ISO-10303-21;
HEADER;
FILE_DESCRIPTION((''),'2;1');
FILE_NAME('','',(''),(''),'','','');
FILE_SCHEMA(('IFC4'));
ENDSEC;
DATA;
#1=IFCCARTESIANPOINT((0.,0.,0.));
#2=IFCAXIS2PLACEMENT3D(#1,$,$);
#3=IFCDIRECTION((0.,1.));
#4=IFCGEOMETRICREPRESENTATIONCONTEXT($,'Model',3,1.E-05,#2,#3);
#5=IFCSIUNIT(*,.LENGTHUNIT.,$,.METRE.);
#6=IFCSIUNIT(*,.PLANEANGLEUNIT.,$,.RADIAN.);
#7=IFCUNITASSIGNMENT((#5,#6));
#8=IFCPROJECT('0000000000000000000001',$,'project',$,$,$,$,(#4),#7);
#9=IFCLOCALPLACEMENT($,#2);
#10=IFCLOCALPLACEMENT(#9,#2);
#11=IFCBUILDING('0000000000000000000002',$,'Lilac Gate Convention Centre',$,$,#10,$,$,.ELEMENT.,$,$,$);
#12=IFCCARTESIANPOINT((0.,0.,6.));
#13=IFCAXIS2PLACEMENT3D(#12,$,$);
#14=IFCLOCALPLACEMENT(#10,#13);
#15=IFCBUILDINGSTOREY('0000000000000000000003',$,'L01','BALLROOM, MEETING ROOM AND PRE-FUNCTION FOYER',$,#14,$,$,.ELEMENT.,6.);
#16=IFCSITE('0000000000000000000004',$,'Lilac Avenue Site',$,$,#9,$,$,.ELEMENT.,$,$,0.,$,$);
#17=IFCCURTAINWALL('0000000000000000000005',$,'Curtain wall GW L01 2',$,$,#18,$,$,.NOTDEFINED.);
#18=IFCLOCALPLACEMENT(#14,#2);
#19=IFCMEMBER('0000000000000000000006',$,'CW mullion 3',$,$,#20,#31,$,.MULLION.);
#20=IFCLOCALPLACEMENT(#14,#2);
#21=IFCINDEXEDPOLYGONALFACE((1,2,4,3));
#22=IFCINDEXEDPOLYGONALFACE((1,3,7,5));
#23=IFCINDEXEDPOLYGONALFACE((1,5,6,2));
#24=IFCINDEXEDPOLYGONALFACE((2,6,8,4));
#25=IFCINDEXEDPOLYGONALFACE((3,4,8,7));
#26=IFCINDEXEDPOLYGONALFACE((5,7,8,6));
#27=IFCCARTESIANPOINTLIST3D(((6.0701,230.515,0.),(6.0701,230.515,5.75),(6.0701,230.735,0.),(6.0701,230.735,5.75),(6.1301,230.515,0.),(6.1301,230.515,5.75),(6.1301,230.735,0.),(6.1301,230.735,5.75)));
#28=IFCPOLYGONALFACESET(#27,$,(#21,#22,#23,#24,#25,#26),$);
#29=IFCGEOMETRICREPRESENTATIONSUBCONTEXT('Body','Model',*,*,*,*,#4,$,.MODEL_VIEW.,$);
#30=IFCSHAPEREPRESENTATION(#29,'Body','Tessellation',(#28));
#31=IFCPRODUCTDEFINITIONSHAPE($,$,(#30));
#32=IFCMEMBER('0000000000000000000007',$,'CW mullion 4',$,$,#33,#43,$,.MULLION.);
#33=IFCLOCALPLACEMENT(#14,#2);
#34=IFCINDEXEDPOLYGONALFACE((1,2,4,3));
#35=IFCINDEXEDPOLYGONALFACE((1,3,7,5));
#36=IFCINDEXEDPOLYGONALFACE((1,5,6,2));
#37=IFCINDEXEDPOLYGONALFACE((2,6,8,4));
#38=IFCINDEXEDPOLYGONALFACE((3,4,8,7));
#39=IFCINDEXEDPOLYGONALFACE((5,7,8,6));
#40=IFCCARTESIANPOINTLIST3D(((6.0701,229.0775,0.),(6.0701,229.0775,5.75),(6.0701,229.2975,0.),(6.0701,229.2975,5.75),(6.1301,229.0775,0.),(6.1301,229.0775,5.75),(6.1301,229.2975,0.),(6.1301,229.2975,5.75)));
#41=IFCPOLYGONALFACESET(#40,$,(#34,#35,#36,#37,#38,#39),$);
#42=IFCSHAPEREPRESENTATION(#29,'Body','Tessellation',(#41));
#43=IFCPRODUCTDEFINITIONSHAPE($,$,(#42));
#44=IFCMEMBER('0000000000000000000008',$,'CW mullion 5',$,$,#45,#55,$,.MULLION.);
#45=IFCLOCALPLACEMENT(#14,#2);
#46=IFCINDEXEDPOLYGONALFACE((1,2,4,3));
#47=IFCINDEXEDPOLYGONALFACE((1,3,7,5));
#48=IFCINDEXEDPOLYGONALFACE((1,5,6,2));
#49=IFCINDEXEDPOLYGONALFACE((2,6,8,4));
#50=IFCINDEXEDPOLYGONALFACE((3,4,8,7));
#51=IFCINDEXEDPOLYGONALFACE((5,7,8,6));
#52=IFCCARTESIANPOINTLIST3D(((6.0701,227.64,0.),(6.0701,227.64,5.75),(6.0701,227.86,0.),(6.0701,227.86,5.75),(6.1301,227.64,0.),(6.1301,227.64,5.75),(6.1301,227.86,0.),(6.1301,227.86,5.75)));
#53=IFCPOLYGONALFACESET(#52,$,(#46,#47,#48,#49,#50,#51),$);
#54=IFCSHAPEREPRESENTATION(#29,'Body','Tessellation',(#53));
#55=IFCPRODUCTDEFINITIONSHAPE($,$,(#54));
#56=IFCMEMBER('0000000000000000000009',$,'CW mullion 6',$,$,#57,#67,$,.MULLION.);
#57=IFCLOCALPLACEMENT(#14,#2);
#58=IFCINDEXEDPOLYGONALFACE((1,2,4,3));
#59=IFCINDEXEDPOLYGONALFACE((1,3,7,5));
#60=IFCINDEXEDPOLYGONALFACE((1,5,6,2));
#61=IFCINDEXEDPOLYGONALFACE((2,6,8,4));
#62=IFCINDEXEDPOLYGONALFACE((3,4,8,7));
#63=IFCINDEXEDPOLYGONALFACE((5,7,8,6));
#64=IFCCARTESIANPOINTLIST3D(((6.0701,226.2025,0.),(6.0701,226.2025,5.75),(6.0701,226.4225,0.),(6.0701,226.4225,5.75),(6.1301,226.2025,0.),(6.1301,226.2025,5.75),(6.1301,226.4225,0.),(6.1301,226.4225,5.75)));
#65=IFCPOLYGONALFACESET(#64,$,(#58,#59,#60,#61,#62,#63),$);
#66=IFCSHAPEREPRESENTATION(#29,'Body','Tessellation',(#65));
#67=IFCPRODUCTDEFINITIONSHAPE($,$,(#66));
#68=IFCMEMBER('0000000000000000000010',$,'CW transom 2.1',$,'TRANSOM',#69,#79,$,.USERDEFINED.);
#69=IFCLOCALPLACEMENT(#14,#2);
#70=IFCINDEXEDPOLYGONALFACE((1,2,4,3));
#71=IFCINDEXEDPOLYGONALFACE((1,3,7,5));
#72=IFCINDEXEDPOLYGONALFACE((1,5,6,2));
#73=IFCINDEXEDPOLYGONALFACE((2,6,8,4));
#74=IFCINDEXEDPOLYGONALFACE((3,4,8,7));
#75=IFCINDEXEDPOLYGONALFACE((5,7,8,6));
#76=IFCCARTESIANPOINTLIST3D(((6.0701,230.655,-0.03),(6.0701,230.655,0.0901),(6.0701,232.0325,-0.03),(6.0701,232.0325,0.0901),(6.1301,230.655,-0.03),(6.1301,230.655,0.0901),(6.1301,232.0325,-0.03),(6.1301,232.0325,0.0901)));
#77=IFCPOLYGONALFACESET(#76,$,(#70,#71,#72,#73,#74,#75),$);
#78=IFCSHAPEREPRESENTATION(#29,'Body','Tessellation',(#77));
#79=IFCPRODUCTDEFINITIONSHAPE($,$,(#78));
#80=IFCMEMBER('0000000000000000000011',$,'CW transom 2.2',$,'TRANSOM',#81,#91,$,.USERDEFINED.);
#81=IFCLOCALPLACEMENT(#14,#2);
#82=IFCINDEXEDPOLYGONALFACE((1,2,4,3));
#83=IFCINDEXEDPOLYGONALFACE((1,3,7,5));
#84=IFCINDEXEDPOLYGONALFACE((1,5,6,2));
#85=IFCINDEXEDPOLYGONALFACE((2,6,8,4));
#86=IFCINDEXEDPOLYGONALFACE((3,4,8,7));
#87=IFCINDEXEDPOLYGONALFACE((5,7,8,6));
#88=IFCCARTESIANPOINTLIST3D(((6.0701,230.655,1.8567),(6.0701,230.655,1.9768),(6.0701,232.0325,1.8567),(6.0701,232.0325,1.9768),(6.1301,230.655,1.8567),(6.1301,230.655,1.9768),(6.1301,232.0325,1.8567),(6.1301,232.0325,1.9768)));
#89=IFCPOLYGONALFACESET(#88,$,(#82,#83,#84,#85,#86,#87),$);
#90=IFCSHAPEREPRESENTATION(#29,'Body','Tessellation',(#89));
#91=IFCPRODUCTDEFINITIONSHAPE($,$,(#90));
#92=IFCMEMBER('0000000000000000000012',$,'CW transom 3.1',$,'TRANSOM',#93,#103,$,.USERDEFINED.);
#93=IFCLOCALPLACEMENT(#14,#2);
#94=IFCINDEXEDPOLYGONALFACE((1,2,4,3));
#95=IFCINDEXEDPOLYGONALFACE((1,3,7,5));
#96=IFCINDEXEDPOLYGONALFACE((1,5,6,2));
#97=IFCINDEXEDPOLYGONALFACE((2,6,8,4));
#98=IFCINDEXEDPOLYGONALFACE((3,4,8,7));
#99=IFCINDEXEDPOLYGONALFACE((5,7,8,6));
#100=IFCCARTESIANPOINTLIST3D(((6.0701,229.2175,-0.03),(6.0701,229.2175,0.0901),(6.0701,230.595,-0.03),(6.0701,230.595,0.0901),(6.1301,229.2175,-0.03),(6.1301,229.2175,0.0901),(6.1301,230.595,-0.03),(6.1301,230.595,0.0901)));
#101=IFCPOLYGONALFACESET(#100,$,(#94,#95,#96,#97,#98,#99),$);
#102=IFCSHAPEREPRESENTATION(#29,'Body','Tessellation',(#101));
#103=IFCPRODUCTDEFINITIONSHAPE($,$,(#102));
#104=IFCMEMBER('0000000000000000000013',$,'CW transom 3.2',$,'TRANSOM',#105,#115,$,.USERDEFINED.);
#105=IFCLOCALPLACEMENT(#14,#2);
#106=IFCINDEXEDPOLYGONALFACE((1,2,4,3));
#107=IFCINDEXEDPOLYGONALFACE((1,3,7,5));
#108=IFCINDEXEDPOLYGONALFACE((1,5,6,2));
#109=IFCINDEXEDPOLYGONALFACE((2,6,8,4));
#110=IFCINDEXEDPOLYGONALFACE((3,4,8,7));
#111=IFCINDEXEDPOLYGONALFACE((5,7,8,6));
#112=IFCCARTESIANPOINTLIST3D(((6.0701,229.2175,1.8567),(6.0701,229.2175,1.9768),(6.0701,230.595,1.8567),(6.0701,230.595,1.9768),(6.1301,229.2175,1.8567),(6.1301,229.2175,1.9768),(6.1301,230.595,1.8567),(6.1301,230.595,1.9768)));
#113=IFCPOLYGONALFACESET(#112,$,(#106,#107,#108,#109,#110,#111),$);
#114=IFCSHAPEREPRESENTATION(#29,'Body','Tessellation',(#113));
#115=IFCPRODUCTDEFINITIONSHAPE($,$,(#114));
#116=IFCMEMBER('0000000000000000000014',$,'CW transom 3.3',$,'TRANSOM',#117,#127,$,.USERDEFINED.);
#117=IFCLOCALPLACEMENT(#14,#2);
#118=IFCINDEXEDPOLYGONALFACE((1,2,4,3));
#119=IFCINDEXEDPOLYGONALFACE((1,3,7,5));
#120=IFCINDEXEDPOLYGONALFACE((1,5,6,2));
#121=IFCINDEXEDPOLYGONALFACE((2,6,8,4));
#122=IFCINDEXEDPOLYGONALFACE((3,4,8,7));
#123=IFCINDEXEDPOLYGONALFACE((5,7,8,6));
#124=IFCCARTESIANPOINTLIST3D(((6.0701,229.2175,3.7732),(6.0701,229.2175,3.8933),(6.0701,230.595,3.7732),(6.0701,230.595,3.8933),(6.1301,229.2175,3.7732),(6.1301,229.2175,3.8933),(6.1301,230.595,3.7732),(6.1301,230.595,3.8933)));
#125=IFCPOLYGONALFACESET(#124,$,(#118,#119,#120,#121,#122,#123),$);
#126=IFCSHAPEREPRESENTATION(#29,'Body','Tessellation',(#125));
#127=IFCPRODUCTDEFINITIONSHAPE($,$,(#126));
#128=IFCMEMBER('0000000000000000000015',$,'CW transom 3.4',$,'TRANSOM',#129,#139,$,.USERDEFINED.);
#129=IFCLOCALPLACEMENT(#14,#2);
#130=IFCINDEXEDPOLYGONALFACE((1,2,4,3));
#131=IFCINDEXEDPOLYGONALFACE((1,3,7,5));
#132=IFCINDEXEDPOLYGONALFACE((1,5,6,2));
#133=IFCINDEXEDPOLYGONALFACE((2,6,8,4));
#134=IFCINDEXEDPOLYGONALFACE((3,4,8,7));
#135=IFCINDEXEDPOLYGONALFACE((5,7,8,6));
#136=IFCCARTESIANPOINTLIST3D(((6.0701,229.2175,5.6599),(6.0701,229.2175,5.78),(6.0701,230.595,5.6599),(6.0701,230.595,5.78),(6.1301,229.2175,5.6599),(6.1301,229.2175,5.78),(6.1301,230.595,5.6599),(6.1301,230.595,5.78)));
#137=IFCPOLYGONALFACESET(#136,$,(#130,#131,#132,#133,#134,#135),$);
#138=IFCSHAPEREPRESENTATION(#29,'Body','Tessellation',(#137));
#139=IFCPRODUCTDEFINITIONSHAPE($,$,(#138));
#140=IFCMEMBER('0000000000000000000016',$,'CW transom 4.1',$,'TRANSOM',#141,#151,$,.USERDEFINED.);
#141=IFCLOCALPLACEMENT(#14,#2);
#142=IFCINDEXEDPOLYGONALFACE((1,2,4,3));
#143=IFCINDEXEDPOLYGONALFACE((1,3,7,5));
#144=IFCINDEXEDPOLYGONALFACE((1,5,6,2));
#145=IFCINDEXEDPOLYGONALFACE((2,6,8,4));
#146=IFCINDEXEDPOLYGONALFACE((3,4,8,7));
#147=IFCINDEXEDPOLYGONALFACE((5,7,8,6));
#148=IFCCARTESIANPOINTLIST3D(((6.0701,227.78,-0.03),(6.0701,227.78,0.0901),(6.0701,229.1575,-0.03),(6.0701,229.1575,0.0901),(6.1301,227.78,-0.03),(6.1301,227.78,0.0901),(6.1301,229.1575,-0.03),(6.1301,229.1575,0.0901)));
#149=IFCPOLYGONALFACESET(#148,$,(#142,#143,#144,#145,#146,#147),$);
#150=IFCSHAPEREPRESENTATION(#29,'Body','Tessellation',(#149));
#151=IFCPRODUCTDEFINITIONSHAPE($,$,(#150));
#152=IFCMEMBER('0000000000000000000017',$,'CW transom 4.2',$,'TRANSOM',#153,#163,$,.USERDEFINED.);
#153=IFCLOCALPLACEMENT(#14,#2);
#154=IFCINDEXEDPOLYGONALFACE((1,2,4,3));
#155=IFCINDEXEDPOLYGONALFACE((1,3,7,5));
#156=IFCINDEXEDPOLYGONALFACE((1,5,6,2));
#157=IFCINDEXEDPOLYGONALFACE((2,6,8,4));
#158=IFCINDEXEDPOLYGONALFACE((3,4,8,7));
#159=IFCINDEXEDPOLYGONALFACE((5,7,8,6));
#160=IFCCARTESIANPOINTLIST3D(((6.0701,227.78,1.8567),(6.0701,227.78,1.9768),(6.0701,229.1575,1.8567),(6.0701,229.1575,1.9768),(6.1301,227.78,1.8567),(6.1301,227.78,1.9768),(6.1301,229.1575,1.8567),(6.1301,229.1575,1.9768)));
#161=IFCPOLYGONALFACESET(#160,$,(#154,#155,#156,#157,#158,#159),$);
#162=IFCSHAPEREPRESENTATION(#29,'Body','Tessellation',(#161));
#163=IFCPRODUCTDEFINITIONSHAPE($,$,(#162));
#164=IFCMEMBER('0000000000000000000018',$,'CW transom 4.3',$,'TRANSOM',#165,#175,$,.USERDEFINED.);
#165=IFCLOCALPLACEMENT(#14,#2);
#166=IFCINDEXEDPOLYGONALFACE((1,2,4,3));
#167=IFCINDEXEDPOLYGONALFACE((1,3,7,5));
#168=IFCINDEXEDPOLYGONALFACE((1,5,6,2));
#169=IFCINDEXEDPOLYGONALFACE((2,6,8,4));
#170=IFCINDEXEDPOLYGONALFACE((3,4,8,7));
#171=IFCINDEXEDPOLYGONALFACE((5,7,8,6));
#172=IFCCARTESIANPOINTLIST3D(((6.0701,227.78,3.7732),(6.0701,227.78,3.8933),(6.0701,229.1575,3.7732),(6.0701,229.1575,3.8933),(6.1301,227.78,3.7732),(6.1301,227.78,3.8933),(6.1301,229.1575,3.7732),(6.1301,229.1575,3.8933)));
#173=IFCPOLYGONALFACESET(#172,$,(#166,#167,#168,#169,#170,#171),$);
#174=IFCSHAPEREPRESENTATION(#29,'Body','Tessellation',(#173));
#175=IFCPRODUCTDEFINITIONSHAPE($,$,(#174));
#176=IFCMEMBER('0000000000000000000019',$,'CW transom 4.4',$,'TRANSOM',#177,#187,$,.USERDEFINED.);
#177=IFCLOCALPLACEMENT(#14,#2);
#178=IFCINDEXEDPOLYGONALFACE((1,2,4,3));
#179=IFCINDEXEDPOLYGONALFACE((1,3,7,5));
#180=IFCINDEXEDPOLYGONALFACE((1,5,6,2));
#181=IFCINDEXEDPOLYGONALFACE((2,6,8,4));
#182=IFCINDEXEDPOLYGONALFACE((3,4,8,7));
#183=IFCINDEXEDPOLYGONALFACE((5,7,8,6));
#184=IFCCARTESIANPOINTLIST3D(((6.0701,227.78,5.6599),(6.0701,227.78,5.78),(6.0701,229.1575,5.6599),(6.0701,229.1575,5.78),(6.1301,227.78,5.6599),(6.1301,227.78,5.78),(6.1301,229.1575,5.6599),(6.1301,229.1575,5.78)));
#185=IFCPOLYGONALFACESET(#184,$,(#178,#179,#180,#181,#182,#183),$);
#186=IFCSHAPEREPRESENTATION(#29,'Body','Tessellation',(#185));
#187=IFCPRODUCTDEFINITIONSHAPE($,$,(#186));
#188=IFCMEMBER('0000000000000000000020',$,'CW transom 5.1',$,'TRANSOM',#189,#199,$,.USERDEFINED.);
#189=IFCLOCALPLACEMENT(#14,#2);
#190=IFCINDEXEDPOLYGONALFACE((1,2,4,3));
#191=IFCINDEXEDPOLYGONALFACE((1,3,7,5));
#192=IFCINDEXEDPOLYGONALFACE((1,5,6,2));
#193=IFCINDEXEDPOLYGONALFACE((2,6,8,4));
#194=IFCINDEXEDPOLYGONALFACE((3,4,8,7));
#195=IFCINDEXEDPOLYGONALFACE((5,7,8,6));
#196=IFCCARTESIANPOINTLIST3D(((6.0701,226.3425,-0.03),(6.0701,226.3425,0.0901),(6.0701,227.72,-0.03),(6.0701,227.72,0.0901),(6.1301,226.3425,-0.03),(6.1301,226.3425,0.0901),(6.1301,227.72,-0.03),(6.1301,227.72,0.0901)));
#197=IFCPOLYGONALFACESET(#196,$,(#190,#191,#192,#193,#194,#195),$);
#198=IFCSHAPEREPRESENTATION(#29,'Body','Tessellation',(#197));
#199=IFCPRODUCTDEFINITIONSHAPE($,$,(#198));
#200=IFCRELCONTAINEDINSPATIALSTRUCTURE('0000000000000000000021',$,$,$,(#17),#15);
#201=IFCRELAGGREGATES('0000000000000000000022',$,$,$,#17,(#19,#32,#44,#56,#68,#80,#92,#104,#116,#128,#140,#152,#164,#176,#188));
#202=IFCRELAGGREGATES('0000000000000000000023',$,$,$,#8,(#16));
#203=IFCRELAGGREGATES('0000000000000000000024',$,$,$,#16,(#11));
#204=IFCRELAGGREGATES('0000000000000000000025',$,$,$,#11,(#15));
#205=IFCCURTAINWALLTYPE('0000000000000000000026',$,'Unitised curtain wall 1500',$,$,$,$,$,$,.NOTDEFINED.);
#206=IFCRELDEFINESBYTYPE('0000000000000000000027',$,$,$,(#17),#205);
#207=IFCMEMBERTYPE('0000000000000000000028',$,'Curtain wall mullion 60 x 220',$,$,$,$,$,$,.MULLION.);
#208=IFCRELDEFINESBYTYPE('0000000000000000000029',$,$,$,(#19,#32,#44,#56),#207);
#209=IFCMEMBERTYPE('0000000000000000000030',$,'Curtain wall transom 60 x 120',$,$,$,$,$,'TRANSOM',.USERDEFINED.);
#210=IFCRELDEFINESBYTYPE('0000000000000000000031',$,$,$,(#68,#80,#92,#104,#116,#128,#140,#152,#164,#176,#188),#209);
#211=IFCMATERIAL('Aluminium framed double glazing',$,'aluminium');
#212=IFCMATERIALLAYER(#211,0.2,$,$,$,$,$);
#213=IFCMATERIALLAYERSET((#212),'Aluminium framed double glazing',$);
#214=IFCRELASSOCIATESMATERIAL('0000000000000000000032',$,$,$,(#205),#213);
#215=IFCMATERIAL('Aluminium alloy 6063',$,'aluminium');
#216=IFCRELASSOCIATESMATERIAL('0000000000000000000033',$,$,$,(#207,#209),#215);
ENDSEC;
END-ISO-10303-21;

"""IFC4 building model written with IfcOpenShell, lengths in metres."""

from ifc_helpers import new_model, si_unit, direction, frame, origin, origin_2d, place, context, subcontext, project, spatial, rectangle, extrude, material, layer, layer_set, material_profile, profile_set, type_object, element, aggregate, save


model = new_model("IFC4")

# Units and contexts
model_context = context("Model", 3, precision=1e-05, world=origin(), true_north=direction((0.0, 1.0)))
body_context = subcontext(model_context, "Body", "Model", "MODEL_VIEW")
ifc_project = project(units=[si_unit("LENGTHUNIT", "METRE"), si_unit("PLANEANGLEUNIT", "RADIAN")], contexts=[model_context])

# Site, building, storey
site_placement = place(None, origin())
site = spatial("IfcSite", under=ifc_project, at=site_placement, Name="Lilac Avenue Site", CompositionType="ELEMENT", RefElevation=0.0)
building_placement = place(site_placement, origin())
building = spatial("IfcBuilding", under=site, at=building_placement, Name="Lilac Gate Convention Centre", CompositionType="ELEMENT")
storey_placement = place(building_placement, frame((0.0, 0.0, 6.0)))
storey = spatial("IfcBuildingStorey", under=building, at=storey_placement, Name="L01", Description="BALLROOM, MEETING ROOM AND PRE-FUNCTION FOYER", CompositionType="ELEMENT", Elevation=6.0)

# Curtain wall, members
ifc_material_1 = material(Name="Aluminium framed double glazing", Category="aluminium")
ifc_layer_1 = layer(ifc_material_1, 0.2)
ifc_layer_set_1 = layer_set([ifc_layer_1], Name="Aluminium framed double glazing")
curtain_wall_type = type_object("IfcCurtainWallType", Name="Unitised curtain wall 1500", PredefinedType="NOTDEFINED", material=ifc_layer_set_1)
curtain_wall_placement = place(storey_placement, origin())
curtain_wall = element("IfcCurtainWall", 1, at=curtain_wall_placement, inside=storey, type_object=curtain_wall_type, Name="Curtain wall GW L01 2", PredefinedType="NOTDEFINED")
ifc_material_2 = material(Name="Aluminium alloy 6063", Category="aluminium")
ifc_material_profile_1 = material_profile(ifc_material_2, rectangle(XDim=0.0601, YDim=0.22, at=origin_2d()), Name="Curtain wall mullion 60 x 220")
ifc_profile_set_1 = profile_set([ifc_material_profile_1], Name="Aluminium alloy 6063")
member_type_1 = type_object("IfcMemberType", Name="Curtain wall mullion 60 x 220", PredefinedType="MULLION", material=ifc_profile_set_1)
member_1_placement = place(storey_placement, frame((6.1001, 230.625, 0.0), z_axis=(0.0, 0.0, 1.0), x_axis=(1.0, 0.0, 0.0)))
member_1 = element("IfcMember", 2, at=member_1_placement, type_object=member_type_1, Name="CW mullion 3", PredefinedType="MULLION", context=body_context, shape_type="SweptSolid", body=[
    extrude(rectangle(XDim=0.0601, YDim=0.22, at=origin_2d()), origin(), (0.0, 0.0, 1.0), 5.75),
])
member_2_placement = place(storey_placement, frame((6.1001, 229.1875, 0.0), z_axis=(0.0, 0.0, 1.0), x_axis=(1.0, 0.0, 0.0)))
member_2 = element("IfcMember", 3, at=member_2_placement, type_object=member_type_1, Name="CW mullion 4", PredefinedType="MULLION", context=body_context, shape_type="SweptSolid", body=[
    extrude(rectangle(XDim=0.0601, YDim=0.22, at=origin_2d()), origin(), (0.0, 0.0, 1.0), 5.75),
])
member_3_placement = place(storey_placement, frame((6.1001, 227.75, 0.0), z_axis=(0.0, 0.0, 1.0), x_axis=(1.0, 0.0, 0.0)))
member_3 = element("IfcMember", 4, at=member_3_placement, type_object=member_type_1, Name="CW mullion 5", PredefinedType="MULLION", context=body_context, shape_type="SweptSolid", body=[
    extrude(rectangle(XDim=0.0601, YDim=0.22, at=origin_2d()), origin(), (0.0, 0.0, 1.0), 5.75),
])
member_4_placement = place(storey_placement, frame((6.1001, 226.3125, 0.0), z_axis=(0.0, 0.0, 1.0), x_axis=(1.0, 0.0, 0.0)))
member_4 = element("IfcMember", 5, at=member_4_placement, type_object=member_type_1, Name="CW mullion 6", PredefinedType="MULLION", context=body_context, shape_type="SweptSolid", body=[
    extrude(rectangle(XDim=0.0601, YDim=0.22, at=origin_2d()), origin(), (0.0, 0.0, 1.0), 5.75),
])
ifc_material_profile_2 = material_profile(ifc_material_2, rectangle(XDim=0.0601, YDim=0.1201, at=origin_2d()), Name="Curtain wall transom 60 x 120")
ifc_profile_set_2 = profile_set([ifc_material_profile_2], Name="Aluminium alloy 6063")
member_type_2 = type_object("IfcMemberType", Name="Curtain wall transom 60 x 120", ElementType="TRANSOM", PredefinedType="USERDEFINED", material=ifc_profile_set_2)
member_5_placement = place(storey_placement, frame((6.1001, 232.0325, 0.03), z_axis=(0.0, -1.0, 0.0), x_axis=(1.0, 0.0, 0.0)))
member_5 = element("IfcMember", 6, at=member_5_placement, type_object=member_type_2, Name="CW transom 2.1", ObjectType="TRANSOM", PredefinedType="USERDEFINED", context=body_context, shape_type="SweptSolid", body=[
    extrude(rectangle(XDim=0.0601, YDim=0.1201, at=origin_2d()), origin(), (0.0, 0.0, 1.0), 1.3774),
])
member_6_placement = place(storey_placement, frame((6.1001, 232.0325, 1.9167), z_axis=(0.0, -1.0, 0.0), x_axis=(1.0, 0.0, 0.0)))
member_6 = element("IfcMember", 7, at=member_6_placement, type_object=member_type_2, Name="CW transom 2.2", ObjectType="TRANSOM", PredefinedType="USERDEFINED", context=body_context, shape_type="SweptSolid", body=[
    extrude(rectangle(XDim=0.0601, YDim=0.1201, at=origin_2d()), origin(), (0.0, 0.0, 1.0), 1.3774),
])
member_7_placement = place(storey_placement, frame((6.1001, 230.595, 0.03), z_axis=(0.0, -1.0, 0.0), x_axis=(1.0, 0.0, 0.0)))
member_7 = element("IfcMember", 8, at=member_7_placement, type_object=member_type_2, Name="CW transom 3.1", ObjectType="TRANSOM", PredefinedType="USERDEFINED", context=body_context, shape_type="SweptSolid", body=[
    extrude(rectangle(XDim=0.0601, YDim=0.1201, at=origin_2d()), origin(), (0.0, 0.0, 1.0), 1.3774),
])
member_8_placement = place(storey_placement, frame((6.1001, 230.595, 1.9167), z_axis=(0.0, -1.0, 0.0), x_axis=(1.0, 0.0, 0.0)))
member_8 = element("IfcMember", 9, at=member_8_placement, type_object=member_type_2, Name="CW transom 3.2", ObjectType="TRANSOM", PredefinedType="USERDEFINED", context=body_context, shape_type="SweptSolid", body=[
    extrude(rectangle(XDim=0.0601, YDim=0.1201, at=origin_2d()), origin(), (0.0, 0.0, 1.0), 1.3774),
])
member_9_placement = place(storey_placement, frame((6.1001, 230.595, 3.8333), z_axis=(0.0, -1.0, 0.0), x_axis=(1.0, 0.0, 0.0)))
member_9 = element("IfcMember", 10, at=member_9_placement, type_object=member_type_2, Name="CW transom 3.3", ObjectType="TRANSOM", PredefinedType="USERDEFINED", context=body_context, shape_type="SweptSolid", body=[
    extrude(rectangle(XDim=0.0601, YDim=0.1201, at=origin_2d()), origin(), (0.0, 0.0, 1.0), 1.3774),
])
member_10_placement = place(storey_placement, frame((6.1001, 230.595, 5.72), z_axis=(0.0, -1.0, 0.0), x_axis=(1.0, 0.0, 0.0)))
member_10 = element("IfcMember", 11, at=member_10_placement, type_object=member_type_2, Name="CW transom 3.4", ObjectType="TRANSOM", PredefinedType="USERDEFINED", context=body_context, shape_type="SweptSolid", body=[
    extrude(rectangle(XDim=0.0601, YDim=0.1201, at=origin_2d()), origin(), (0.0, 0.0, 1.0), 1.3774),
])
member_11_placement = place(storey_placement, frame((6.1001, 229.1575, 0.03), z_axis=(0.0, -1.0, 0.0), x_axis=(1.0, 0.0, 0.0)))
member_11 = element("IfcMember", 12, at=member_11_placement, type_object=member_type_2, Name="CW transom 4.1", ObjectType="TRANSOM", PredefinedType="USERDEFINED", context=body_context, shape_type="SweptSolid", body=[
    extrude(rectangle(XDim=0.0601, YDim=0.1201, at=origin_2d()), origin(), (0.0, 0.0, 1.0), 1.3774),
])
member_12_placement = place(storey_placement, frame((6.1001, 229.1575, 1.9167), z_axis=(0.0, -1.0, 0.0), x_axis=(1.0, 0.0, 0.0)))
member_12 = element("IfcMember", 13, at=member_12_placement, type_object=member_type_2, Name="CW transom 4.2", ObjectType="TRANSOM", PredefinedType="USERDEFINED", context=body_context, shape_type="SweptSolid", body=[
    extrude(rectangle(XDim=0.0601, YDim=0.1201, at=origin_2d()), origin(), (0.0, 0.0, 1.0), 1.3774),
])
member_13_placement = place(storey_placement, frame((6.1001, 229.1575, 3.8333), z_axis=(0.0, -1.0, 0.0), x_axis=(1.0, 0.0, 0.0)))
member_13 = element("IfcMember", 14, at=member_13_placement, type_object=member_type_2, Name="CW transom 4.3", ObjectType="TRANSOM", PredefinedType="USERDEFINED", context=body_context, shape_type="SweptSolid", body=[
    extrude(rectangle(XDim=0.0601, YDim=0.1201, at=origin_2d()), origin(), (0.0, 0.0, 1.0), 1.3774),
])
member_14_placement = place(storey_placement, frame((6.1001, 229.1575, 5.72), z_axis=(0.0, -1.0, 0.0), x_axis=(1.0, 0.0, 0.0)))
member_14 = element("IfcMember", 15, at=member_14_placement, type_object=member_type_2, Name="CW transom 4.4", ObjectType="TRANSOM", PredefinedType="USERDEFINED", context=body_context, shape_type="SweptSolid", body=[
    extrude(rectangle(XDim=0.0601, YDim=0.1201, at=origin_2d()), origin(), (0.0, 0.0, 1.0), 1.3774),
])
member_15_placement = place(storey_placement, frame((6.1001, 227.72, 0.03), z_axis=(0.0, -1.0, 0.0), x_axis=(1.0, 0.0, 0.0)))
member_15 = element("IfcMember", 16, at=member_15_placement, type_object=member_type_2, Name="CW transom 5.1", ObjectType="TRANSOM", PredefinedType="USERDEFINED", context=body_context, shape_type="SweptSolid", body=[
    extrude(rectangle(XDim=0.0601, YDim=0.1201, at=origin_2d()), origin(), (0.0, 0.0, 1.0), 1.3774),
])
aggregate(curtain_wall, [member_1, member_2, member_3, member_4, member_5, member_6, member_7, member_8, member_9, member_10, member_11, member_12, member_13, member_14, member_15])

save(model, "model.ifc")
